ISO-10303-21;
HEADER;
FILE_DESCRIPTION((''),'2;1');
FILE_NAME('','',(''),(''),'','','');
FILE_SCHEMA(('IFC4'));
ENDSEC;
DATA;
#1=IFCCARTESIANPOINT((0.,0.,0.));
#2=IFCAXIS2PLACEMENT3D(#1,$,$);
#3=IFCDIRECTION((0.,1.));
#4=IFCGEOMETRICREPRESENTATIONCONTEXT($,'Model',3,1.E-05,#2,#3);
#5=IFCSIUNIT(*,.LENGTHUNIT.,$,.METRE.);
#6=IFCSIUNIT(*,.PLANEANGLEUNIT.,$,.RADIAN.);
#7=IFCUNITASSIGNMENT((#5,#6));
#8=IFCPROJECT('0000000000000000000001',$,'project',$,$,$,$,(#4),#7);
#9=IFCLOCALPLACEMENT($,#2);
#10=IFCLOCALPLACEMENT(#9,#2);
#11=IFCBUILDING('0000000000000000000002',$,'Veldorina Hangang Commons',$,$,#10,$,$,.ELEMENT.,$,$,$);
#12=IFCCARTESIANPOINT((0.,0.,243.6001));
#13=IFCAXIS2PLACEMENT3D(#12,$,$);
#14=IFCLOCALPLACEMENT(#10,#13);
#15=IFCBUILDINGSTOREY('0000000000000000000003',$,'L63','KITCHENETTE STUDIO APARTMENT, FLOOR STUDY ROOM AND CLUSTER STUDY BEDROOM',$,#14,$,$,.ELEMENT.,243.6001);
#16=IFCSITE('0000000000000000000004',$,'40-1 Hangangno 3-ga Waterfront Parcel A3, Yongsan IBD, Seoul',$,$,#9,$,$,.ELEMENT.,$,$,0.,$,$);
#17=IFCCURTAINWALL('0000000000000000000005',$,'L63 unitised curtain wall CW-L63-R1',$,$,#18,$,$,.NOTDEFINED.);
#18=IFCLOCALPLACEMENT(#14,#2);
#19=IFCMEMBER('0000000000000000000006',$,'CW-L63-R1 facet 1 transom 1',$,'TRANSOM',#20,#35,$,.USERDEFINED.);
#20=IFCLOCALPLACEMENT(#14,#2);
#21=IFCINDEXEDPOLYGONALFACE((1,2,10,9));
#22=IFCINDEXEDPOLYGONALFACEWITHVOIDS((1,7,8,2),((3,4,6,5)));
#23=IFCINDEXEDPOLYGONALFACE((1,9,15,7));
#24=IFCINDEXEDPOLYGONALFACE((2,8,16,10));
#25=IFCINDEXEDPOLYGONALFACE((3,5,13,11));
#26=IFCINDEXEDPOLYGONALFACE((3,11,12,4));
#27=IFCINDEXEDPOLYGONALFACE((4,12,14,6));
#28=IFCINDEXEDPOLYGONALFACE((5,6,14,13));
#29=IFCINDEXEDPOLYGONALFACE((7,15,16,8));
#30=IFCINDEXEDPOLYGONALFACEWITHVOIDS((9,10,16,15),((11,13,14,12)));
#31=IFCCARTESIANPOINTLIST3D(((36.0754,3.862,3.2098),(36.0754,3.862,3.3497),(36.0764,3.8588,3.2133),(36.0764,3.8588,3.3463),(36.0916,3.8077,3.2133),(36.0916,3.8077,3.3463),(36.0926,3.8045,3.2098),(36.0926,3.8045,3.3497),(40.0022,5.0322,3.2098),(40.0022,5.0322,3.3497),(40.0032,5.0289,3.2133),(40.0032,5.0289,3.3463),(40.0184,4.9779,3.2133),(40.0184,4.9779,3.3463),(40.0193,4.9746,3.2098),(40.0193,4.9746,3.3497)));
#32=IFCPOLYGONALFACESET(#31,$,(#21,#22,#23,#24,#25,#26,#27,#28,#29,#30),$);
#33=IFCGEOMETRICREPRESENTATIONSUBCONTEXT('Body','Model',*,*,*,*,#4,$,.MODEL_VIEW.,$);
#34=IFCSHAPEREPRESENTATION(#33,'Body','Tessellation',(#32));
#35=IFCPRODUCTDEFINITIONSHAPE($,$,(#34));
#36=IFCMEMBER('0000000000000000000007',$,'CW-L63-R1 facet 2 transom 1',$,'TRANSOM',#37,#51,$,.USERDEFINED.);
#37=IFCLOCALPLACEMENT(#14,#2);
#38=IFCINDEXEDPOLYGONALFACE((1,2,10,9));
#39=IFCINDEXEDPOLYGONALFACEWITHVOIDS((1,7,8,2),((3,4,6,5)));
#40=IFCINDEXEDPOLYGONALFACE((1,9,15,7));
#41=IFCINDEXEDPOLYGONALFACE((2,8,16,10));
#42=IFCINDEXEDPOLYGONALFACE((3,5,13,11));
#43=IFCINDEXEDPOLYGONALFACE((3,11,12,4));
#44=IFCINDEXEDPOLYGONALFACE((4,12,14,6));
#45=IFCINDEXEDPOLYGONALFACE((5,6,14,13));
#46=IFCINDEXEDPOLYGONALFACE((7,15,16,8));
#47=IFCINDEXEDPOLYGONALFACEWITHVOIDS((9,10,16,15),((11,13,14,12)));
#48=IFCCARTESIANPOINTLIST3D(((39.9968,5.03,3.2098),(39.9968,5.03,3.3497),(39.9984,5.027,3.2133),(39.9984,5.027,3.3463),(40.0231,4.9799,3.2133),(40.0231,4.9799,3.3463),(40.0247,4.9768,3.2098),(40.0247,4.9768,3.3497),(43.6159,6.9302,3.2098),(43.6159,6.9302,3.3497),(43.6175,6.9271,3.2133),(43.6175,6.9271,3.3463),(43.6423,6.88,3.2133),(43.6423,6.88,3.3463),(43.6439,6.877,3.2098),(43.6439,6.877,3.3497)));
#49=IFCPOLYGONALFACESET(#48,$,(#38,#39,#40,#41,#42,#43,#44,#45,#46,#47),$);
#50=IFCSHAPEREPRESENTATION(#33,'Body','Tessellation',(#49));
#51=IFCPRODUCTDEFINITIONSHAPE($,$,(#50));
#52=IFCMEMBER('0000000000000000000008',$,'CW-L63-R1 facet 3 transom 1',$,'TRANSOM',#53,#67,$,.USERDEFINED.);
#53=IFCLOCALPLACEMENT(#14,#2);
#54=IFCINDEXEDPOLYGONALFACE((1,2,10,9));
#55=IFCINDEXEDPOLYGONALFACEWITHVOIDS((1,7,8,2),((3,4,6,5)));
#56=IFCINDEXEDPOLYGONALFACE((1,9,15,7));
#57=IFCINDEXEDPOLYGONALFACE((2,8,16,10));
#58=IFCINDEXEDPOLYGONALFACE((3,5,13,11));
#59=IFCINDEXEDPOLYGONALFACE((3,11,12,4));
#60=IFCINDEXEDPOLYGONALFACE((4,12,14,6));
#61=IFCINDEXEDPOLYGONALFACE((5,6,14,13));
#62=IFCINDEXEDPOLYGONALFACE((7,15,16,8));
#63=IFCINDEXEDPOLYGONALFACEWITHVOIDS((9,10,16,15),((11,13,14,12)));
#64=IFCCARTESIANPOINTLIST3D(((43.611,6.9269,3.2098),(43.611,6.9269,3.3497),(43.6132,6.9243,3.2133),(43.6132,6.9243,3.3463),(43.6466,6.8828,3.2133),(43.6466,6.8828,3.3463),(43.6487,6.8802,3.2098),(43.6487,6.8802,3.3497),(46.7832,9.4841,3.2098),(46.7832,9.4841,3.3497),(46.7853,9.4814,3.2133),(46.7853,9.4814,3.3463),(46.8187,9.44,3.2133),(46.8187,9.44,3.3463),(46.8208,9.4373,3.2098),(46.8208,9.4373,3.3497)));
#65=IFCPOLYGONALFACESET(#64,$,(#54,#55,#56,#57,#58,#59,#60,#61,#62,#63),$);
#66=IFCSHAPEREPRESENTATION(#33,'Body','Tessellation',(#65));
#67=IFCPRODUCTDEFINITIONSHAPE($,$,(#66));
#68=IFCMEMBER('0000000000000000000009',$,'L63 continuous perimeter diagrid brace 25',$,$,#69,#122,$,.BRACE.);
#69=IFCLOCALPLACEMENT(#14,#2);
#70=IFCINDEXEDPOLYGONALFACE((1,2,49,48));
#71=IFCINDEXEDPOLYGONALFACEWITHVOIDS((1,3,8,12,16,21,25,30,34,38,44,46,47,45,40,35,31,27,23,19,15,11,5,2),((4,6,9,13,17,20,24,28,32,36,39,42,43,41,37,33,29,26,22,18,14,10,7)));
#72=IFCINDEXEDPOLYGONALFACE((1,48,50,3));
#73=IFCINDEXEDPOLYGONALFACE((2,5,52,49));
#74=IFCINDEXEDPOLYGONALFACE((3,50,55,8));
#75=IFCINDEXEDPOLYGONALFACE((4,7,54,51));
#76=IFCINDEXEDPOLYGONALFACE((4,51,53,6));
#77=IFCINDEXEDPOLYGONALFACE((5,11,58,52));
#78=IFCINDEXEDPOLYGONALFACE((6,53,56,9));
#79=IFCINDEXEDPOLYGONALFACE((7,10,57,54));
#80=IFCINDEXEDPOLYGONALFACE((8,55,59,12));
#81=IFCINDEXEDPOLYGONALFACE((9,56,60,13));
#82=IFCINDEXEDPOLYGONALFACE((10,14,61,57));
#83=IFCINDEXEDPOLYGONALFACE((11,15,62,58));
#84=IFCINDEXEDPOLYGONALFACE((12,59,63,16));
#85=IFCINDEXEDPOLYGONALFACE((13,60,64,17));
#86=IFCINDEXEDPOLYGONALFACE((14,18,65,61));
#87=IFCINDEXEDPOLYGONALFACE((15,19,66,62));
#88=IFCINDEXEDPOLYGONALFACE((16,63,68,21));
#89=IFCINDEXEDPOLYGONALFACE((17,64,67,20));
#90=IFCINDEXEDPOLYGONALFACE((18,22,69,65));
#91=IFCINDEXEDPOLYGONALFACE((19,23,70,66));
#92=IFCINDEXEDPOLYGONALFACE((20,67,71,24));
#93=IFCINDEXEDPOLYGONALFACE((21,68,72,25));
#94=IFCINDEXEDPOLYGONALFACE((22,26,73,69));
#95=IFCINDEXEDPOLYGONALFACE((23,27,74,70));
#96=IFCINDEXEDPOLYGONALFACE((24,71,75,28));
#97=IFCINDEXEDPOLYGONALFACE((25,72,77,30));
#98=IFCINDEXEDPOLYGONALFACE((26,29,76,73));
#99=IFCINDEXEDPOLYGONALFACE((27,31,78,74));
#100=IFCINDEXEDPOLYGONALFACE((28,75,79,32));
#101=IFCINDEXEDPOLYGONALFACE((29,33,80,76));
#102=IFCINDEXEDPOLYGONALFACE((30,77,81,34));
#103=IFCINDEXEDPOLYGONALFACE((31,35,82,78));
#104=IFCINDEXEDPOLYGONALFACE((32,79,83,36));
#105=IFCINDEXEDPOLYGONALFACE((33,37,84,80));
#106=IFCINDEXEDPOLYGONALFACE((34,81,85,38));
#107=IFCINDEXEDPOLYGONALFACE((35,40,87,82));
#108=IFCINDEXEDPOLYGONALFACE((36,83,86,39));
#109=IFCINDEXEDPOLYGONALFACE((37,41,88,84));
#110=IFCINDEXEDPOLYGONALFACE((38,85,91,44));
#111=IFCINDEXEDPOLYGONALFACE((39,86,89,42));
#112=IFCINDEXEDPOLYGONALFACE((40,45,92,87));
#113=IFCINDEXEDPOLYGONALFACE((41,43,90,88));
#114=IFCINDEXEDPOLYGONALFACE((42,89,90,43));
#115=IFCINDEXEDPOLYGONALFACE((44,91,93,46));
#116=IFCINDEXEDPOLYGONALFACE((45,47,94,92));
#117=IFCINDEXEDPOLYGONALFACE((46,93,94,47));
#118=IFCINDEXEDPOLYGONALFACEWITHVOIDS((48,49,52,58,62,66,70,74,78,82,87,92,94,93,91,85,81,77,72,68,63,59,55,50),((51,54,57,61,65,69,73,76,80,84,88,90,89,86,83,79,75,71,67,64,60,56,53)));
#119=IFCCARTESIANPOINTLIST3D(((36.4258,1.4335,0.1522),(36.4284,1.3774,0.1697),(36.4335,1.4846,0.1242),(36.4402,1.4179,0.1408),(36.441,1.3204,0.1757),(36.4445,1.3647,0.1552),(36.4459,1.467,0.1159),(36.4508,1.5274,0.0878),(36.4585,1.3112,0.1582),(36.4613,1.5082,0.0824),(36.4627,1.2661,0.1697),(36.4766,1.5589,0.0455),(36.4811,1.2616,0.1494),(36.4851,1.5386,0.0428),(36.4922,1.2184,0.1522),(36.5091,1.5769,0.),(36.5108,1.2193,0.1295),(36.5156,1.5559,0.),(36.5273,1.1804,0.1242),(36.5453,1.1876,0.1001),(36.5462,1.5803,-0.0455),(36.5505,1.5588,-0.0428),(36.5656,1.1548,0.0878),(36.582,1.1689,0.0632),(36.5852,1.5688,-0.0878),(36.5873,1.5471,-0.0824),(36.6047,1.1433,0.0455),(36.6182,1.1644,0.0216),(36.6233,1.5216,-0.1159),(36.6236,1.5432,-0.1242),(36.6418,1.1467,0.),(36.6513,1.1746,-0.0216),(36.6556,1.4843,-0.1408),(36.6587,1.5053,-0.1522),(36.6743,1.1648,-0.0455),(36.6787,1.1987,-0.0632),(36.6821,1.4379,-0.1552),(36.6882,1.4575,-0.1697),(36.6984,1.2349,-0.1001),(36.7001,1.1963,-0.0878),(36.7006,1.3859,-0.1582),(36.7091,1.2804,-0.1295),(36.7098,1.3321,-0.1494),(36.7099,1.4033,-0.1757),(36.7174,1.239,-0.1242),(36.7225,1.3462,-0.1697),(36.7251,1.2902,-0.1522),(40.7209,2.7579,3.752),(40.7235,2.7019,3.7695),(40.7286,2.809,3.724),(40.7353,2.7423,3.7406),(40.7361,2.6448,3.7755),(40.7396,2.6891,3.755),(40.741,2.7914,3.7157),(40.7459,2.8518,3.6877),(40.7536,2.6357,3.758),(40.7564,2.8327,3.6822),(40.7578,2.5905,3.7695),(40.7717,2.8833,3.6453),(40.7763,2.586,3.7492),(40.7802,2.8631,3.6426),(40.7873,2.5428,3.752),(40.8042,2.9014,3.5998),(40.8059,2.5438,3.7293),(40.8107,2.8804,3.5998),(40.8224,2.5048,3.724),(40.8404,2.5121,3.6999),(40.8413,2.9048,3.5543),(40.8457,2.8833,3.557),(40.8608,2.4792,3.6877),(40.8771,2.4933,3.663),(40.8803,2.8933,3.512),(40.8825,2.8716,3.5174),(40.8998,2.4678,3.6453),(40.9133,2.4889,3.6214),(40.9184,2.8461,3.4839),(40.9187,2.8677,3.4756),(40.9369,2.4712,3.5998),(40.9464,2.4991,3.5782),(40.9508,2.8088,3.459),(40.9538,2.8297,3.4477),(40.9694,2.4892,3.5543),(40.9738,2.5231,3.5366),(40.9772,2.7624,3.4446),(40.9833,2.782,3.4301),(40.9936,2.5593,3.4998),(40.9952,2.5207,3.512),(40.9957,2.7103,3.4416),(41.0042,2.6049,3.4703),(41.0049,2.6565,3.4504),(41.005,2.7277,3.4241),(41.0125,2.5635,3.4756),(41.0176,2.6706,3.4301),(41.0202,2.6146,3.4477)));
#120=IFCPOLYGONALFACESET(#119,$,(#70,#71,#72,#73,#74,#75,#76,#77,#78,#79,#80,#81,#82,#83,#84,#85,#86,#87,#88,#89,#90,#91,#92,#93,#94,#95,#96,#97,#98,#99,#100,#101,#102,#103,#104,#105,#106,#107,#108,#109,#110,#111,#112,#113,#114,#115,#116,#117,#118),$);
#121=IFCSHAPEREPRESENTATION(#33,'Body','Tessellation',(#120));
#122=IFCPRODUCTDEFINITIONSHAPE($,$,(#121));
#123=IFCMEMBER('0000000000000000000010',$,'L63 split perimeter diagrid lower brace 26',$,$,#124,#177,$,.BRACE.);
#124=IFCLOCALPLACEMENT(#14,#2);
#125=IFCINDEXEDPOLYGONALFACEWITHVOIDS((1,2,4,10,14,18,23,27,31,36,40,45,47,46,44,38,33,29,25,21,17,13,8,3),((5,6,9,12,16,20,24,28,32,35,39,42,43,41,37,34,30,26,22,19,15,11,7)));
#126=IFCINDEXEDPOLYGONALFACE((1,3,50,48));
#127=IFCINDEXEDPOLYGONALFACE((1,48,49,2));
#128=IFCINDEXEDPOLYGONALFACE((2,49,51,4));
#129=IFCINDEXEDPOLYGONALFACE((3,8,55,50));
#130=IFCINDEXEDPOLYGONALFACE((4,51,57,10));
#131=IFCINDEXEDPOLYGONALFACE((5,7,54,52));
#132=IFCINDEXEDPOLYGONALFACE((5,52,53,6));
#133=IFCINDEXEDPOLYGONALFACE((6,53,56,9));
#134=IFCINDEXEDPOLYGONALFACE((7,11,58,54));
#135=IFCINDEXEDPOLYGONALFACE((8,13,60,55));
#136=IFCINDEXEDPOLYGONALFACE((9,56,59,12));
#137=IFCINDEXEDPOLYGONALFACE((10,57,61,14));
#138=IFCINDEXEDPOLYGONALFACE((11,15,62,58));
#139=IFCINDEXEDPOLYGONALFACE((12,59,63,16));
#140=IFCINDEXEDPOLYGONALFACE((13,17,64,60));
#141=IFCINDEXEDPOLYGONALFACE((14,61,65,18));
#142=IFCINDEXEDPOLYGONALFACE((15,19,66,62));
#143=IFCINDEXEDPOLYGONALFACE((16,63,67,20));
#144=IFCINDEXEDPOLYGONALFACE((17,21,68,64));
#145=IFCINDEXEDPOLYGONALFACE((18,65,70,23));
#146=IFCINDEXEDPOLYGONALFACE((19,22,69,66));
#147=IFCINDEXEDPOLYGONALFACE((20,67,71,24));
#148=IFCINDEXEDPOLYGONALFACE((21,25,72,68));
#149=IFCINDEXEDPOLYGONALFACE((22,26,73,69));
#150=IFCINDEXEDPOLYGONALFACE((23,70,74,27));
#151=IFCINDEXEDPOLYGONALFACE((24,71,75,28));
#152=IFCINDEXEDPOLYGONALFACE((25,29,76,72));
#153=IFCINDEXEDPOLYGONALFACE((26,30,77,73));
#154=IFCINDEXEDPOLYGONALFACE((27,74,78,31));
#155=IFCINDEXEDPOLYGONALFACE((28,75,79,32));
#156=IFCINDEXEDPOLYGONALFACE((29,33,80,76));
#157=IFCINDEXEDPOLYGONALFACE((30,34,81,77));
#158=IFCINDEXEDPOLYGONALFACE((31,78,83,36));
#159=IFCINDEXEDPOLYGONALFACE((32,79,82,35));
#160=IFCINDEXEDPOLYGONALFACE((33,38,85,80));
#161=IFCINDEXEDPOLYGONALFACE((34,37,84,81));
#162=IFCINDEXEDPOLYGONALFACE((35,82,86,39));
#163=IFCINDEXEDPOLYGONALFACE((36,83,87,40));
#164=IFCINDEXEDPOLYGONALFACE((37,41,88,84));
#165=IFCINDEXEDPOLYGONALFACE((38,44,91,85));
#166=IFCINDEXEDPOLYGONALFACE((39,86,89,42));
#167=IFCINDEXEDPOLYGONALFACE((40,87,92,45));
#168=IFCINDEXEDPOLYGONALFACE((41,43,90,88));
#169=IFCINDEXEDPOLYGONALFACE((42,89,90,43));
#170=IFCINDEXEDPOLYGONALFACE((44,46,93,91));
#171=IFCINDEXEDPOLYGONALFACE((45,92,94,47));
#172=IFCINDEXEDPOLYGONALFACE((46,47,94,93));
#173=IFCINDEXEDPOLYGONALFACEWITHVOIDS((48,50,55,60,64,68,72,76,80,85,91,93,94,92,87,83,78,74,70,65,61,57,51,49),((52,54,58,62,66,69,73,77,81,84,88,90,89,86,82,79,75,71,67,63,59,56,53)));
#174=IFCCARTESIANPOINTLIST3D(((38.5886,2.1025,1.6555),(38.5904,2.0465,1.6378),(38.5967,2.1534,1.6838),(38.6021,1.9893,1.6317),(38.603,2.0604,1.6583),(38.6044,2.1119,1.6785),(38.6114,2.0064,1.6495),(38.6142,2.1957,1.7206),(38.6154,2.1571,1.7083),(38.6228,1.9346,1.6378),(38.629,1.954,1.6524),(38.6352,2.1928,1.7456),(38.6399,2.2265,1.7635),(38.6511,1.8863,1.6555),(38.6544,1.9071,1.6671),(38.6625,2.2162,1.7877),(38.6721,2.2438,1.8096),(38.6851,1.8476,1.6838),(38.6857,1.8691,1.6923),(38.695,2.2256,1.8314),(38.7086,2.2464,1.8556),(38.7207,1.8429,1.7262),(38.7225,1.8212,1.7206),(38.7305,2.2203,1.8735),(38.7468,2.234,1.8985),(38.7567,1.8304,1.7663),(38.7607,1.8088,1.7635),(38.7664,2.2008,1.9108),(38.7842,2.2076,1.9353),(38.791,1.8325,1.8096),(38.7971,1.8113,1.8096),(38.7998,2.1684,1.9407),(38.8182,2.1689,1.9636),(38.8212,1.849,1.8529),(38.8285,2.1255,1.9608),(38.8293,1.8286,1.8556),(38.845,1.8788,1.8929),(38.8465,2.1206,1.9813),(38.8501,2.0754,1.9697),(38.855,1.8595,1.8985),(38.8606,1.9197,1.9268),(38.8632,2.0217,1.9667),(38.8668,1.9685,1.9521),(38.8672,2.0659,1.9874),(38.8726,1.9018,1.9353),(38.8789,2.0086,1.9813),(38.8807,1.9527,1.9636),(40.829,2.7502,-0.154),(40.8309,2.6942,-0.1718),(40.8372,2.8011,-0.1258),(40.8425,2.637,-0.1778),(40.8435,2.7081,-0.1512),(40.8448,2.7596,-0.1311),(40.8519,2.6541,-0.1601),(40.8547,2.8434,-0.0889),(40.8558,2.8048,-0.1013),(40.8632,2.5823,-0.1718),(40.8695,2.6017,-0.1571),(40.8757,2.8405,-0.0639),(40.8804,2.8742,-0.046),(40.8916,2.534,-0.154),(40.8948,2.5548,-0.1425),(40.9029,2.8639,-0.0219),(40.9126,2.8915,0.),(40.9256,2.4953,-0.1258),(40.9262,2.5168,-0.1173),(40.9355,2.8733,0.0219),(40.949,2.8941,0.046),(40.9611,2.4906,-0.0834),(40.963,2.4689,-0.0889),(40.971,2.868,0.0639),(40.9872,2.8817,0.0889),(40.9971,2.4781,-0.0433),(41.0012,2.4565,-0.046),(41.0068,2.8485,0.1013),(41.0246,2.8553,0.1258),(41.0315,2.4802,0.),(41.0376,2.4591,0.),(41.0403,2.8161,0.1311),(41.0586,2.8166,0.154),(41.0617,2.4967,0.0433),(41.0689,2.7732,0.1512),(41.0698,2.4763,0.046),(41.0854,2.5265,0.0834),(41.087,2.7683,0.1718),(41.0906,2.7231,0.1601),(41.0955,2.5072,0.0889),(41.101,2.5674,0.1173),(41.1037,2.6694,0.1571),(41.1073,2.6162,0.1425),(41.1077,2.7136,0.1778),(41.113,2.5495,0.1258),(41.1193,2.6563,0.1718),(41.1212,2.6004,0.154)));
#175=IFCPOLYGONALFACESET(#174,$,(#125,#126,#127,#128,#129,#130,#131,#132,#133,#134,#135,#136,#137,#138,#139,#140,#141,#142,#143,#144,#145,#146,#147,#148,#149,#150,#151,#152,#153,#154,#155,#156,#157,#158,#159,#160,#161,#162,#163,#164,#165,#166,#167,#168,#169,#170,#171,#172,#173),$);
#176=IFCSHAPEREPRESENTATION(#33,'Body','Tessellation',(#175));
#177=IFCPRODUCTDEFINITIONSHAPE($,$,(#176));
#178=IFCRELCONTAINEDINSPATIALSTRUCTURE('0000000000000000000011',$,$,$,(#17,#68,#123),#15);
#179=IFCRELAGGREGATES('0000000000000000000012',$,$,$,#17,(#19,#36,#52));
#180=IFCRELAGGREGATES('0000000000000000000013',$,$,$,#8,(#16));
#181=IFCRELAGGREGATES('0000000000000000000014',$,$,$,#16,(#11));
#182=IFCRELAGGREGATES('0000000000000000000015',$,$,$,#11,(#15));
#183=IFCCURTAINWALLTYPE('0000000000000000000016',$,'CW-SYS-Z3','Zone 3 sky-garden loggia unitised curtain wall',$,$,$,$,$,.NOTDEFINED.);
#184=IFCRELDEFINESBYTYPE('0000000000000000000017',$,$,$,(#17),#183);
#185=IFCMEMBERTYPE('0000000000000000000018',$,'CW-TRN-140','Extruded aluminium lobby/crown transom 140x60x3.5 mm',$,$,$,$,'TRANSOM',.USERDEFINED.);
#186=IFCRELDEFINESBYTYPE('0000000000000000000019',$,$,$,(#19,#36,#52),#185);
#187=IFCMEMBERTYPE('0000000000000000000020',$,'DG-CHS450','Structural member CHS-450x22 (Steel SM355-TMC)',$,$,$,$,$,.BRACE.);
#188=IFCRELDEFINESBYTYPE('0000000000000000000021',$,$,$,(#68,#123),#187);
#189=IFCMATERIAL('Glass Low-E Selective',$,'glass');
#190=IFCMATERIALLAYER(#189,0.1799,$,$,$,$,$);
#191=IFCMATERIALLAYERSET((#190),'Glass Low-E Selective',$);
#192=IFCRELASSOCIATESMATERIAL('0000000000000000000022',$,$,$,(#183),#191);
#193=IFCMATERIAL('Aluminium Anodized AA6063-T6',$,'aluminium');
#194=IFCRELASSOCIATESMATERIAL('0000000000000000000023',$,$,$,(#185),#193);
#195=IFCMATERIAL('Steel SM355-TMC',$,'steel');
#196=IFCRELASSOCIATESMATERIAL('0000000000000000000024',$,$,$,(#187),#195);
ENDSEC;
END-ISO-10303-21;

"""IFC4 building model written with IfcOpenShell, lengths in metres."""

from ifc_helpers import new_model, si_unit, direction, frame, origin, origin_2d, place, context, subcontext, project, spatial, hollow_rectangle, hollow_circle, extrude, material, layer, layer_set, material_profile, profile_set, type_object, element, aggregate, save


model = new_model("IFC4")

# Units and contexts
model_context = context("Model", 3, precision=1e-05, world=origin(), true_north=direction((0.0, 1.0)))
body_context = subcontext(model_context, "Body", "Model", "MODEL_VIEW")
ifc_project = project(units=[si_unit("LENGTHUNIT", "METRE"), si_unit("PLANEANGLEUNIT", "RADIAN")], contexts=[model_context])

# Site, building, storey
site_placement = place(None, origin())
site = spatial("IfcSite", under=ifc_project, at=site_placement, Name="40-1 Hangangno 3-ga Waterfront Parcel A3, Yongsan IBD, Seoul", CompositionType="ELEMENT", RefElevation=0.0)
building_placement = place(site_placement, origin())
building = spatial("IfcBuilding", under=site, at=building_placement, Name="Veldorina Hangang Commons", CompositionType="ELEMENT")
storey_placement = place(building_placement, frame((0.0, 0.0, 243.6001)))
storey = spatial("IfcBuildingStorey", under=building, at=storey_placement, Name="L63", Description="KITCHENETTE STUDIO APARTMENT, FLOOR STUDY ROOM AND CLUSTER STUDY BEDROOM", CompositionType="ELEMENT", Elevation=243.6001)

# Shared definitions
ifc_material_1 = material(Name="Steel SM355-TMC", Category="steel")

# Curtain wall, members
ifc_material_2 = material(Name="Glass Low-E Selective", Category="glass")
ifc_layer_1 = layer(ifc_material_2, 0.1799)
ifc_layer_set_1 = layer_set([ifc_layer_1], Name="Glass Low-E Selective")
curtain_wall_type = type_object("IfcCurtainWallType", Name="CW-SYS-Z3", Description="Zone 3 sky-garden loggia unitised curtain wall", PredefinedType="NOTDEFINED", material=ifc_layer_set_1)
curtain_wall_placement = place(storey_placement, origin())
curtain_wall = element("IfcCurtainWall", 1, at=curtain_wall_placement, inside=storey, type_object=curtain_wall_type, Name="L63 unitised curtain wall CW-L63-R1", PredefinedType="NOTDEFINED")
ifc_material_3 = material(Name="Aluminium Anodized AA6063-T6", Category="aluminium")
ifc_material_profile_1 = material_profile(ifc_material_3, hollow_rectangle(XDim=0.0601, YDim=0.1399, WallThickness=0.0034, at=origin_2d()), Name="ALU-RHS-140x60x3.5")
ifc_profile_set_1 = profile_set([ifc_material_profile_1], Name="Aluminium Anodized AA6063-T6")
member_type_1 = type_object("IfcMemberType", Name="CW-TRN-140", Description="Extruded aluminium lobby/crown transom 140x60x3.5 mm", ElementType="TRANSOM", PredefinedType="USERDEFINED", material=ifc_profile_set_1)
member_1_placement = place(storey_placement, frame((36.084, 3.8333, 3.2798), z_axis=(0.958353, 0.285587, 0.0), x_axis=(-0.285587, 0.958353, 0.0)))
member_1 = element("IfcMember", 2, at=member_1_placement, type_object=member_type_1, Name="CW-L63-R1 facet 1 transom 1", ObjectType="TRANSOM", PredefinedType="USERDEFINED", context=body_context, shape_type="SweptSolid", body=[
    extrude(hollow_rectangle(XDim=0.0601, YDim=0.1399, WallThickness=0.0034, at=origin_2d()), origin(), (0.0, 0.0, 1.0), 4.0974),
])
member_2_placement = place(storey_placement, frame((40.0107, 5.0034, 3.2798), z_axis=(0.885388, 0.464853, 0.0), x_axis=(-0.464853, 0.885388, 0.0)))
member_2 = element("IfcMember", 3, at=member_2_placement, type_object=member_type_1, Name="CW-L63-R1 facet 2 transom 1", ObjectType="TRANSOM", PredefinedType="USERDEFINED", context=body_context, shape_type="SweptSolid", body=[
    extrude(hollow_rectangle(XDim=0.0601, YDim=0.1399, WallThickness=0.0034, at=origin_2d()), origin(), (0.0, 0.0, 1.0), 4.0876),
])
member_3_placement = place(storey_placement, frame((43.6299, 6.9036, 3.2798), z_axis=(0.778537, 0.627599, 0.0), x_axis=(-0.627599, 0.778537, 0.0)))
member_3 = element("IfcMember", 4, at=member_3_placement, type_object=member_type_1, Name="CW-L63-R1 facet 3 transom 1", ObjectType="TRANSOM", PredefinedType="USERDEFINED", context=body_context, shape_type="SweptSolid", body=[
    extrude(hollow_rectangle(XDim=0.0601, YDim=0.1399, WallThickness=0.0034, at=origin_2d()), origin(), (0.0, 0.0, 1.0), 4.0745),
])

# Members
ifc_material_profile_2 = material_profile(ifc_material_1, hollow_circle(Radius=0.2251, WallThickness=0.022, at=origin_2d()), Name="CHS-450x22")
ifc_profile_set_2 = profile_set([ifc_material_profile_2], Name="Steel SM355-TMC")
member_type_2 = type_object("IfcMemberType", Name="DG-CHS450", Description="Structural member CHS-450x22 (Steel SM355-TMC)", PredefinedType="BRACE", material=ifc_profile_set_2)
member_4_placement = place(storey_placement, frame((36.5754, 1.3618, 0.0), z_axis=(0.745868, 0.229997, 0.625125), x_axis=(-0.29467, 0.955599, 0.0)))
element("IfcMember", 5, at=member_4_placement, inside=storey, type_object=member_type_2, Name="L63 continuous perimeter diagrid brace 25", PredefinedType="BRACE", context=body_context, shape_type="SweptSolid", body=[
    extrude(hollow_circle(Radius=0.2251, WallThickness=0.022, at=origin_2d()), origin(), (0.0, 0.0, 1.0), 5.7585),
])
member_5_placement = place(storey_placement, frame((40.9751, 2.6753, 0.0), z_axis=(-0.758991, -0.219419, 0.613015), x_axis=(0.27772, -0.960662, 0.0)))
element("IfcMember", 6, at=member_5_placement, inside=storey, type_object=member_type_2, Name="L63 split perimeter diagrid lower brace 26", PredefinedType="BRACE", context=body_context, shape_type="SweptSolid", body=[
    extrude(hollow_circle(Radius=0.2251, WallThickness=0.022, at=origin_2d()), origin(), (0.0, 0.0, 1.0), 2.9519),
])

aggregate(curtain_wall, [member_1, member_2, member_3])

save(model, "model.ifc")
